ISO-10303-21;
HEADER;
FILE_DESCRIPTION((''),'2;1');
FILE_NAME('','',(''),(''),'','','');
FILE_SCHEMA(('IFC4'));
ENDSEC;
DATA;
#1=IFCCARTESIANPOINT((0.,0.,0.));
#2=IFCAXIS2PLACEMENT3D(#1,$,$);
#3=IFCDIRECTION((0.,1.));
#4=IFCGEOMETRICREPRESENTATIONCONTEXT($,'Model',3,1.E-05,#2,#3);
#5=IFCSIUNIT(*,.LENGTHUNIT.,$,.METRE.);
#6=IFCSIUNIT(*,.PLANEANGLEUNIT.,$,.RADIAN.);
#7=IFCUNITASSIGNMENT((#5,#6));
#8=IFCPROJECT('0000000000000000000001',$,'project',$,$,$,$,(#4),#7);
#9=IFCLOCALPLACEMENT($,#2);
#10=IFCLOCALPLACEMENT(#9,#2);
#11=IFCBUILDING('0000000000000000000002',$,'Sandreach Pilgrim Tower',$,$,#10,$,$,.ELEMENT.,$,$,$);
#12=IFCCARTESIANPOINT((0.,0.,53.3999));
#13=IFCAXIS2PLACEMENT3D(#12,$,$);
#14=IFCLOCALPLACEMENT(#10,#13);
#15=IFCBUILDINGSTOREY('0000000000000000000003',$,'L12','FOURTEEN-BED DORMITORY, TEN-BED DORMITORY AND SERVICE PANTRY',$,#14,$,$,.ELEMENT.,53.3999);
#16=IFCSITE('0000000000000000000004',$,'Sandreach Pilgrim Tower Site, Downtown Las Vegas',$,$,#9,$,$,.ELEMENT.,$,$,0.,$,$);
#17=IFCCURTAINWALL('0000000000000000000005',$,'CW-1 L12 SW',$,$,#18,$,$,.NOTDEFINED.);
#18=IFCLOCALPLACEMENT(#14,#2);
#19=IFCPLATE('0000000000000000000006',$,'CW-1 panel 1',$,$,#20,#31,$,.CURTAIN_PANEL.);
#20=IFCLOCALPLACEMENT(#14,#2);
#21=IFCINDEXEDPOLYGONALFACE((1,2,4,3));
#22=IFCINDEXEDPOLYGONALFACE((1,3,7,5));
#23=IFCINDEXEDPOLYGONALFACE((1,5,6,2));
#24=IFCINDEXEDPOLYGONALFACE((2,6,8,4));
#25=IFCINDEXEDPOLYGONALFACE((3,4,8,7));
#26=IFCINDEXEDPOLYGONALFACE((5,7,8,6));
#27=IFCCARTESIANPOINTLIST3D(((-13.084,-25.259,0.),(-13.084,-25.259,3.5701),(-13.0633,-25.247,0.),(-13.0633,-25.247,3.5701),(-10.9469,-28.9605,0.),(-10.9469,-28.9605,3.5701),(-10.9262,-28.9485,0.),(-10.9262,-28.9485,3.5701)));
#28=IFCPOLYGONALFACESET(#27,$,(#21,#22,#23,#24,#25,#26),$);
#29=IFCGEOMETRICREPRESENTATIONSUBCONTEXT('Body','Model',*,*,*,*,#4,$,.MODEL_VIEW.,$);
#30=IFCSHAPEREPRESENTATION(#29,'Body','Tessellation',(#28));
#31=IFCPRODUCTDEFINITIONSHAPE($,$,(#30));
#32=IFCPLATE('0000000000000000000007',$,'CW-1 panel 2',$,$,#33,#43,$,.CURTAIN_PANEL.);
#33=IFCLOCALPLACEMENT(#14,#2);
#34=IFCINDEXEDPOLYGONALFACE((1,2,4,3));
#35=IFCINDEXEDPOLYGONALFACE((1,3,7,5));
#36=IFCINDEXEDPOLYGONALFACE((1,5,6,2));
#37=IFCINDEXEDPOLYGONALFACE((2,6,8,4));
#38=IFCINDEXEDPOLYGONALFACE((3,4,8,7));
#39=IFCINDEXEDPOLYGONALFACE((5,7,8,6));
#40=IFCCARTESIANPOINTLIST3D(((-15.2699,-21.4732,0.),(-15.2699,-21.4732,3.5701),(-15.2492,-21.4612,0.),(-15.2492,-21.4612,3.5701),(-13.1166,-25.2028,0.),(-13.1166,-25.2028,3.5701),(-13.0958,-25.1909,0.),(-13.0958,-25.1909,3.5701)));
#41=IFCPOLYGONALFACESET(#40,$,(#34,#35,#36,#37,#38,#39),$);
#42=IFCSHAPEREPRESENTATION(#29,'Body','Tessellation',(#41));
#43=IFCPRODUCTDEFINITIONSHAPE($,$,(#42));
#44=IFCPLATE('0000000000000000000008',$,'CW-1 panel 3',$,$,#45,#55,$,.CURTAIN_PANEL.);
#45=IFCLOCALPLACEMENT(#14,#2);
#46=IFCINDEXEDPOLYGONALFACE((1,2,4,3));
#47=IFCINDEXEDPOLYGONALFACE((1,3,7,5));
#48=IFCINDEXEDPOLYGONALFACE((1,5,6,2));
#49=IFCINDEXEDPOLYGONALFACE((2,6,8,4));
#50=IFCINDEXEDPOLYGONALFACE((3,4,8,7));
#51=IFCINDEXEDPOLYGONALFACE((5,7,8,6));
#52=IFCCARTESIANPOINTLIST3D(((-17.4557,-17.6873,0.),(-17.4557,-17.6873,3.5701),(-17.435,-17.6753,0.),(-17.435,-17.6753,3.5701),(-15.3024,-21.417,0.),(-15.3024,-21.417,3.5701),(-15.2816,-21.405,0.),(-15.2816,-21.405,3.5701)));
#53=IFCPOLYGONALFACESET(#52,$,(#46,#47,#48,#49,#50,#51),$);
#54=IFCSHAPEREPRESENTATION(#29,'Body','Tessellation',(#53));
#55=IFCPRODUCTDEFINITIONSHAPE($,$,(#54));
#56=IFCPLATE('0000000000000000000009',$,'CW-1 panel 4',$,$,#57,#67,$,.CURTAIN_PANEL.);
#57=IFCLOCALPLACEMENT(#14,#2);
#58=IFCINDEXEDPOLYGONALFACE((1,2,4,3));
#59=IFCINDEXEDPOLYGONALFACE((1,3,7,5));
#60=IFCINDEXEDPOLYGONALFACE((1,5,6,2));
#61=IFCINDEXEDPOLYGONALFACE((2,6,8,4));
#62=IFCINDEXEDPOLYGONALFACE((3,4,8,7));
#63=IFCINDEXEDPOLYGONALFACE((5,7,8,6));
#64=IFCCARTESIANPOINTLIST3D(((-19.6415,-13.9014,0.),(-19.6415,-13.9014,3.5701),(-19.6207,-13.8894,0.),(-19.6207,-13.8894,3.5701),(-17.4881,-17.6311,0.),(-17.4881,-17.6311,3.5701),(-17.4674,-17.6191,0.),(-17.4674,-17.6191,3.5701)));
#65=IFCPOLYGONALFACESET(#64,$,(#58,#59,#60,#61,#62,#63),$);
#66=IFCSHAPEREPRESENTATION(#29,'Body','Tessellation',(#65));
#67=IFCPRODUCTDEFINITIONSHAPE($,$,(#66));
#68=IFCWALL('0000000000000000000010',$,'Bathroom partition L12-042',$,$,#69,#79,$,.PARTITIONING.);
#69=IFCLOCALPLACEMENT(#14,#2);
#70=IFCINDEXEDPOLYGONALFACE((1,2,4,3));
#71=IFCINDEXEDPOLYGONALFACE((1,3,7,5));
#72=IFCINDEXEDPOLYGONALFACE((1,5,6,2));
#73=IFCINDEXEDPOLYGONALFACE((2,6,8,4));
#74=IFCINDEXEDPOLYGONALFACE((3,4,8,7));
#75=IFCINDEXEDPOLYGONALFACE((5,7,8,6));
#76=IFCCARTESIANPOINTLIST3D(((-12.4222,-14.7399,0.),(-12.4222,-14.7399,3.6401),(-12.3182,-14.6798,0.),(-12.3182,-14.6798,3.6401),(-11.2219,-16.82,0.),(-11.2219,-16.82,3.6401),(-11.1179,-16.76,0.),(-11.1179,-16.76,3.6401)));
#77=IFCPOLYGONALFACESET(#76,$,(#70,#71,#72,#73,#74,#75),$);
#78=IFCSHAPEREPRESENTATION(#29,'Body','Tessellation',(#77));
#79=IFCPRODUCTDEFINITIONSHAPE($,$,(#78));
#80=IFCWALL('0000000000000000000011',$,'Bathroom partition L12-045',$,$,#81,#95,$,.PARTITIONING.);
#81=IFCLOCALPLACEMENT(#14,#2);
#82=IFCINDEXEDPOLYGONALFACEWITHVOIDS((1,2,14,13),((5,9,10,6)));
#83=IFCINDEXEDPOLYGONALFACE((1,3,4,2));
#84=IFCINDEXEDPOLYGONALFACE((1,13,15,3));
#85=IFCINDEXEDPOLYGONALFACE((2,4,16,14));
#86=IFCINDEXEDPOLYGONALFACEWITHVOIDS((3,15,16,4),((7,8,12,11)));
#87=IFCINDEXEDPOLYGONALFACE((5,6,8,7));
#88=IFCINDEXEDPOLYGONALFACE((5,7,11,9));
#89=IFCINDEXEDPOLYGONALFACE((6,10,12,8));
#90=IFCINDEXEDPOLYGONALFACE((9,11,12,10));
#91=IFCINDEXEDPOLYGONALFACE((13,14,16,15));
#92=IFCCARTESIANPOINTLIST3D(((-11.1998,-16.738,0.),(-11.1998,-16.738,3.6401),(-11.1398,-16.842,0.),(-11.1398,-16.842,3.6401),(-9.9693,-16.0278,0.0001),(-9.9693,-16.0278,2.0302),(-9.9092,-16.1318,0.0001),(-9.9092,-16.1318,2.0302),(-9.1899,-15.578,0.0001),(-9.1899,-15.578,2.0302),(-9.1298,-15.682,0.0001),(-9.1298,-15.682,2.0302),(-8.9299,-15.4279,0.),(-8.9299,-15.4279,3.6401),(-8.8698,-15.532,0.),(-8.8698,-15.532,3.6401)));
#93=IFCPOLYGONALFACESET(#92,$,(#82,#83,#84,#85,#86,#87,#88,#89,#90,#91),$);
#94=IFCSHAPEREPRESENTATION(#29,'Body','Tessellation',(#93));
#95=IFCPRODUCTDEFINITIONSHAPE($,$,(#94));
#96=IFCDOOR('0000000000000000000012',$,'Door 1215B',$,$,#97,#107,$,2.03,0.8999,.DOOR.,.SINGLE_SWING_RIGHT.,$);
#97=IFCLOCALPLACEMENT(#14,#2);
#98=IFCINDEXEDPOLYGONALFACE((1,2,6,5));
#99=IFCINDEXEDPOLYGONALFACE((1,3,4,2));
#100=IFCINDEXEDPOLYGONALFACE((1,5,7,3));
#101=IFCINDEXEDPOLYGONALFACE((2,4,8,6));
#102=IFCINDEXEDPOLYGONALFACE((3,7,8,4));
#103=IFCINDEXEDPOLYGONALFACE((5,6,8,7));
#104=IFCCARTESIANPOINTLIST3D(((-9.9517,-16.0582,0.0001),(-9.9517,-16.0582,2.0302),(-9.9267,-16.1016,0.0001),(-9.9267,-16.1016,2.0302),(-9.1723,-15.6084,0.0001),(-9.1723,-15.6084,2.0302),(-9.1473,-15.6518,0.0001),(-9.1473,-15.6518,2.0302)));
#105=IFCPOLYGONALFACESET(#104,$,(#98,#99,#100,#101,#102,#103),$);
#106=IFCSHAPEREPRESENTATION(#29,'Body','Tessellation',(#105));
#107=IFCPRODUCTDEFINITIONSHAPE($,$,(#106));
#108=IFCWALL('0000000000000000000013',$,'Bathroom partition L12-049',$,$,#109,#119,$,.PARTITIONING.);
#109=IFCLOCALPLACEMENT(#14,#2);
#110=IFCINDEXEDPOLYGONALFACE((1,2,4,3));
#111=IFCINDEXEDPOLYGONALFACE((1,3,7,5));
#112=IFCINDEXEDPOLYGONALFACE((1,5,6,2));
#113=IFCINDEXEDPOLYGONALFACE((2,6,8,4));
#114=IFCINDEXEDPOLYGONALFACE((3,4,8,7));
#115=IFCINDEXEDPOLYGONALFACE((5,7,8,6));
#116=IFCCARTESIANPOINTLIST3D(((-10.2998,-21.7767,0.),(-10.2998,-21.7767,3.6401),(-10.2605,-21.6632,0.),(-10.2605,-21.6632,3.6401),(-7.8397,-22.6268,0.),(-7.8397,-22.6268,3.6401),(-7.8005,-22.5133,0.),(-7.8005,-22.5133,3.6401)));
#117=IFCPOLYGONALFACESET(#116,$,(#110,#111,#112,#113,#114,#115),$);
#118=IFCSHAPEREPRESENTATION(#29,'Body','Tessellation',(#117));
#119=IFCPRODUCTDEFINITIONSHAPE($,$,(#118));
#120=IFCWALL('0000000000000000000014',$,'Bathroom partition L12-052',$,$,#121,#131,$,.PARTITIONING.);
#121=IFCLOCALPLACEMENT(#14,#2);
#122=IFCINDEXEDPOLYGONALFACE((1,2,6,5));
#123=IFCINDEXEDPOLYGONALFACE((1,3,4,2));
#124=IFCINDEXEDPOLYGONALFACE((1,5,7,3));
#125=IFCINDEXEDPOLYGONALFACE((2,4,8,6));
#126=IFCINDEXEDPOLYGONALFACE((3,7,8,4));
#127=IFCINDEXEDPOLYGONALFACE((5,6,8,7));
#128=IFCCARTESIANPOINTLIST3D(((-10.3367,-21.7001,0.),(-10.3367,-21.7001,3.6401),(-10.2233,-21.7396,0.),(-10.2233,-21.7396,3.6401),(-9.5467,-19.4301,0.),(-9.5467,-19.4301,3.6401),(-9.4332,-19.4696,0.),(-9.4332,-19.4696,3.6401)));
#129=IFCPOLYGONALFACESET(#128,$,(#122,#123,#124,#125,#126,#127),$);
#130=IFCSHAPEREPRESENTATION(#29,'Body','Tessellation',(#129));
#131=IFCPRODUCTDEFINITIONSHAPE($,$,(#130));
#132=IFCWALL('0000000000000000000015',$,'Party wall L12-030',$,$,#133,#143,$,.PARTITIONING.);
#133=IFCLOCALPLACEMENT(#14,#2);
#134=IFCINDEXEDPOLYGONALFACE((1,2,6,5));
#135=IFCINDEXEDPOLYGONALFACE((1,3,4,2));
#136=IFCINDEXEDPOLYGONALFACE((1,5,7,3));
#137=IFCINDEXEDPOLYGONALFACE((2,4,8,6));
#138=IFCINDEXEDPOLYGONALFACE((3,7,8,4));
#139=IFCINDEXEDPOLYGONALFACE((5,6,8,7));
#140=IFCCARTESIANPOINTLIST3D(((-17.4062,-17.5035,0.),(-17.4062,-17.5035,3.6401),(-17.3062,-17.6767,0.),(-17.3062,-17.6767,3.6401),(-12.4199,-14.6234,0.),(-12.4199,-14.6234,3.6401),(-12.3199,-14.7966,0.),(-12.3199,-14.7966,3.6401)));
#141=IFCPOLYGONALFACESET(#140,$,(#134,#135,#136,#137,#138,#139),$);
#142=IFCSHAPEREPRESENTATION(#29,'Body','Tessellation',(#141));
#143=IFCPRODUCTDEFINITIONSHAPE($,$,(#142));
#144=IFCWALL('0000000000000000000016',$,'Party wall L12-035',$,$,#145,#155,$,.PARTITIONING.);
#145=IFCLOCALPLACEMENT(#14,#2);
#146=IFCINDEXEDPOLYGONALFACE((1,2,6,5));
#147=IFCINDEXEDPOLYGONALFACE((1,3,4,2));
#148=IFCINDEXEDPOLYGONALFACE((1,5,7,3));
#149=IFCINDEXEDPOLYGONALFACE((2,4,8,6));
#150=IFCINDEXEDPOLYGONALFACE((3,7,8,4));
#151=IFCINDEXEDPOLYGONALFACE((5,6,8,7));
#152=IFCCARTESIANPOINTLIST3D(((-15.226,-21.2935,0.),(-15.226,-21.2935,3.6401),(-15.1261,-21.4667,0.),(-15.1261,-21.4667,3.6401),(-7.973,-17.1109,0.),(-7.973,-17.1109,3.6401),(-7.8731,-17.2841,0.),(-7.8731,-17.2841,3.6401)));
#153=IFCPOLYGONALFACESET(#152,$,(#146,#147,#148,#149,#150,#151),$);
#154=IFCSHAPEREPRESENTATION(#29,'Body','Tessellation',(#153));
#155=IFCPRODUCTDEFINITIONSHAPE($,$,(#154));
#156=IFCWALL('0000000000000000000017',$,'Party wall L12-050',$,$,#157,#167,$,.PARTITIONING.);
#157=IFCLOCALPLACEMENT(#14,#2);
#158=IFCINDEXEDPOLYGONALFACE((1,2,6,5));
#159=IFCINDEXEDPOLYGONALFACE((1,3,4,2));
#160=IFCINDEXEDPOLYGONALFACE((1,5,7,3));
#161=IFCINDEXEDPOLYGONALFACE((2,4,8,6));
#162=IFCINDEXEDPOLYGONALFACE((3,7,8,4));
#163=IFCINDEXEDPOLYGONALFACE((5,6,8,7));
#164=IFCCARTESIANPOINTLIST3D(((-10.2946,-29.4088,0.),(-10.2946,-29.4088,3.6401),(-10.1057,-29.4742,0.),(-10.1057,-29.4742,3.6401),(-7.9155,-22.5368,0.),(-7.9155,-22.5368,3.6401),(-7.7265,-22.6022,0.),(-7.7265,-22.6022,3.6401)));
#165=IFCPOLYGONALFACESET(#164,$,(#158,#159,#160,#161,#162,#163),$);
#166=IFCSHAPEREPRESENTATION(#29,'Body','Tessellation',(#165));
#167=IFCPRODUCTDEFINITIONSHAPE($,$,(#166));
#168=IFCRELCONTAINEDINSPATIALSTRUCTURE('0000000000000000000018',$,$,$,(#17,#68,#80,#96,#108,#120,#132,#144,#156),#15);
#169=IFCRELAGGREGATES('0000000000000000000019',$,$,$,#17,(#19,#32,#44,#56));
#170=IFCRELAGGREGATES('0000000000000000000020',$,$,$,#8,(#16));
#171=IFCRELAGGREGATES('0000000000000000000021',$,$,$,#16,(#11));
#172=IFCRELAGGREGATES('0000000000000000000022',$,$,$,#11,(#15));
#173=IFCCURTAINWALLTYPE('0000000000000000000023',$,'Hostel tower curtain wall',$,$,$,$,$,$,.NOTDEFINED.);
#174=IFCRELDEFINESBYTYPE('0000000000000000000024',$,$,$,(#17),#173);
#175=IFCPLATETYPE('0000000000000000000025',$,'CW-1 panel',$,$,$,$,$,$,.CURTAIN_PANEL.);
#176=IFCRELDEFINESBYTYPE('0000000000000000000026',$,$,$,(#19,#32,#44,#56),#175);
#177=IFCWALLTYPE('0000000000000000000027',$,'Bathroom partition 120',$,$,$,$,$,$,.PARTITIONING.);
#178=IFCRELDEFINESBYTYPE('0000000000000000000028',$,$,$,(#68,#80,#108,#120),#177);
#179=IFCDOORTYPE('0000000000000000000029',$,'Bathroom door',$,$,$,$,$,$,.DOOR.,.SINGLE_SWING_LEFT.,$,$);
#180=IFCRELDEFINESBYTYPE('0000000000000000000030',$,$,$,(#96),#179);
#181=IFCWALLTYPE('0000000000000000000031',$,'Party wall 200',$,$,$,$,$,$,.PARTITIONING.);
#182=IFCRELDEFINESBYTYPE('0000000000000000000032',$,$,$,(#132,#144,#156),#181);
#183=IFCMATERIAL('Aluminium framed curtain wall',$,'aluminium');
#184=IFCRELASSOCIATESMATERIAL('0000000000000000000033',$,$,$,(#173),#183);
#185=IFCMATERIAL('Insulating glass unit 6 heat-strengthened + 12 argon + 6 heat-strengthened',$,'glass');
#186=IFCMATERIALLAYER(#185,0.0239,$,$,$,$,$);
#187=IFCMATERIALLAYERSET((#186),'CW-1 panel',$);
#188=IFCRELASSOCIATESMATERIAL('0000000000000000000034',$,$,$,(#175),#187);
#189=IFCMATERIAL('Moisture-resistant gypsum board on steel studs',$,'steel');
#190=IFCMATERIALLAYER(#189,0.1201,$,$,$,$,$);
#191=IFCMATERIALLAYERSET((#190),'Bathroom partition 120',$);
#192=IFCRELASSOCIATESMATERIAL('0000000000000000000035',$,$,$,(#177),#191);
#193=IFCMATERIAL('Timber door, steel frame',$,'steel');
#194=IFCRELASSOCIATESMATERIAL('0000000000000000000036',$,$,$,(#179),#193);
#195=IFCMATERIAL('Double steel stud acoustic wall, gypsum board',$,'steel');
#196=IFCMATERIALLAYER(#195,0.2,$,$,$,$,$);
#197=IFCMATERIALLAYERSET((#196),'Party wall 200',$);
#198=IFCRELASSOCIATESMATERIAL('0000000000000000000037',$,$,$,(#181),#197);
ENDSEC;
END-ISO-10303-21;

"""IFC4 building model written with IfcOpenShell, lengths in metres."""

from ifc_helpers import new_model, si_unit, direction, frame, frame_2d, origin, origin_2d, place, context, subcontext, project, spatial, rectangle, extrude, material, layer, layer_set, type_object, element, fill, aggregate, save


model = new_model("IFC4")

# Units and contexts
model_context = context("Model", 3, precision=1e-05, world=origin(), true_north=direction((0.0, 1.0)))
body_context = subcontext(model_context, "Body", "Model", "MODEL_VIEW")
ifc_project = project(units=[si_unit("LENGTHUNIT", "METRE"), si_unit("PLANEANGLEUNIT", "RADIAN")], contexts=[model_context])

# Site, building, storey
site_placement = place(None, origin())
site = spatial("IfcSite", under=ifc_project, at=site_placement, Name="Sandreach Pilgrim Tower Site, Downtown Las Vegas", CompositionType="ELEMENT", RefElevation=0.0)
building_placement = place(site_placement, origin())
building = spatial("IfcBuilding", under=site, at=building_placement, Name="Sandreach Pilgrim Tower", CompositionType="ELEMENT")
storey_placement = place(building_placement, frame((0.0, 0.0, 53.3999)))
storey = spatial("IfcBuildingStorey", under=building, at=storey_placement, Name="L12", Description="FOURTEEN-BED DORMITORY, TEN-BED DORMITORY AND SERVICE PANTRY", CompositionType="ELEMENT", Elevation=53.3999)

# Curtain wall
ifc_material_1 = material(Name="Aluminium framed curtain wall", Category="aluminium")
curtain_wall_type = type_object("IfcCurtainWallType", Name="Hostel tower curtain wall", PredefinedType="NOTDEFINED", material=ifc_material_1)
curtain_wall_placement = place(storey_placement, origin())
curtain_wall = element("IfcCurtainWall", 1, at=curtain_wall_placement, inside=storey, type_object=curtain_wall_type, Name="CW-1 L12 SW", PredefinedType="NOTDEFINED")

# Plates
ifc_material_2 = material(Name="Insulating glass unit 6 heat-strengthened + 12 argon + 6 heat-strengthened", Category="glass")
ifc_layer_1 = layer(ifc_material_2, 0.0239)
ifc_layer_set_1 = layer_set([ifc_layer_1], Name="CW-1 panel")
plate_type = type_object("IfcPlateType", Name="CW-1 panel", PredefinedType="CURTAIN_PANEL", material=ifc_layer_set_1)
plate_1_placement = place(storey_placement, frame((-12.0051, -27.1038, 0.0), z_axis=(0.0, 0.0, 1.0), x_axis=(-0.5, 0.866025, 0.0)))
plate_1 = element("IfcPlate", 2, at=plate_1_placement, type_object=plate_type, Name="CW-1 panel 1", PredefinedType="CURTAIN_PANEL", context=body_context, shape_type="SweptSolid", body=[
    extrude(rectangle(XDim=4.2742, YDim=0.0239, at=origin_2d()), origin(), (0.0, 0.0, 1.0), 3.5701),
])
plate_2_placement = place(storey_placement, frame((-14.1829, -23.332, 0.0), z_axis=(0.0, 0.0, 1.0), x_axis=(-0.5, 0.866025, 0.0)))
plate_2 = element("IfcPlate", 3, at=plate_2_placement, type_object=plate_type, Name="CW-1 panel 2", PredefinedType="CURTAIN_PANEL", context=body_context, shape_type="SweptSolid", body=[
    extrude(rectangle(XDim=4.3066, YDim=0.0239, at=origin_2d()), origin(), (0.0, 0.0, 1.0), 3.5701),
])
plate_3_placement = place(storey_placement, frame((-16.3687, -19.5461, 0.0), z_axis=(0.0, 0.0, 1.0), x_axis=(-0.5, 0.866025, 0.0)))
plate_3 = element("IfcPlate", 4, at=plate_3_placement, type_object=plate_type, Name="CW-1 panel 3", PredefinedType="CURTAIN_PANEL", context=body_context, shape_type="SweptSolid", body=[
    extrude(rectangle(XDim=4.3066, YDim=0.0239, at=origin_2d()), origin(), (0.0, 0.0, 1.0), 3.5701),
])
plate_4_placement = place(storey_placement, frame((-18.5544, -15.7603, 0.0), z_axis=(0.0, 0.0, 1.0), x_axis=(-0.5, 0.866025, 0.0)))
plate_4 = element("IfcPlate", 5, at=plate_4_placement, type_object=plate_type, Name="CW-1 panel 4", PredefinedType="CURTAIN_PANEL", context=body_context, shape_type="SweptSolid", body=[
    extrude(rectangle(XDim=4.3066, YDim=0.0239, at=origin_2d()), origin(), (0.0, 0.0, 1.0), 3.5701),
])
aggregate(curtain_wall, [plate_1, plate_2, plate_3, plate_4])

# Wall
ifc_material_3 = material(Name="Moisture-resistant gypsum board on steel studs", Category="steel")
ifc_layer_2 = layer(ifc_material_3, 0.1201)
ifc_layer_set_2 = layer_set([ifc_layer_2], Name="Bathroom partition 120")
wall_type_1 = type_object("IfcWallType", Name="Bathroom partition 120", PredefinedType="PARTITIONING", material=ifc_layer_set_2)
wall_1_placement = place(storey_placement, frame((-12.3701, -14.71, 0.0), z_axis=(0.0, 0.0, 1.0), x_axis=(0.499769, -0.866159, 0.0)))
element("IfcWall", 6, at=wall_1_placement, inside=storey, type_object=wall_type_1, Name="Bathroom partition L12-042", PredefinedType="PARTITIONING", context=body_context, shape_type="SweptSolid", body=[
    extrude(rectangle(XDim=2.4016, YDim=0.1201, at=frame_2d((1.2007, 0.0))), origin(), (0.0, 0.0, 1.0), 3.6401),
])

# Wall, opening, door
wall_2_placement = place(storey_placement, frame((-11.1699, -16.79, 0.0), z_axis=(0.0, 0.0, 1.0), x_axis=(0.866114, 0.499846, 0.0)))
wall_2 = element("IfcWall", 7, at=wall_2_placement, inside=storey, type_object=wall_type_1, Name="Bathroom partition L12-045", PredefinedType="PARTITIONING", context=body_context, shape_type="SweptSolid", body=[
    extrude(rectangle(XDim=2.6208, YDim=0.1201, at=frame_2d((1.3105, 0.0))), origin(), (0.0, 0.0, 1.0), 3.6401),
])
opening_placement = place(wall_2_placement, frame((1.4209, 0.0, 0.0)))
opening = element("IfcOpeningElement", 8, at=opening_placement, cuts=wall_2, PredefinedType="OPENING", context=body_context, shape_type="SweptSolid", body=[
    extrude(rectangle(XDim=0.8999, YDim=2.03, at=frame_2d((0.45, 1.0151))), frame((0.0, 0.0601, 0.0), z_axis=(0.0, -1.0, 0.0), x_axis=(1.0, 0.0, 0.0)), (0.0, 0.0, 1.0), 0.1201),
])
ifc_material_4 = material(Name="Timber door, steel frame", Category="steel")
door_type = type_object("IfcDoorType", Name="Bathroom door", OperationType="SINGLE_SWING_LEFT", PredefinedType="DOOR", material=ifc_material_4)
door_placement = place(opening_placement, origin())
door = element("IfcDoor", 9, at=door_placement, inside=storey, type_object=door_type, Name="Door 1215B", OperationType="SINGLE_SWING_RIGHT", OverallHeight=2.03, OverallWidth=0.8999, PredefinedType="DOOR", context=body_context, shape_type="SweptSolid", body=[
    extrude(rectangle(XDim=0.8999, YDim=2.03, at=frame_2d((0.45, 1.0151))), frame((0.0, 0.0249, 0.0), z_axis=(0.0, -1.0, 0.0), x_axis=(1.0, 0.0, 0.0)), (0.0, 0.0, 1.0), 0.05),
])
fill(opening, door)

# Walls
wall_3_placement = place(storey_placement, frame((-10.28, -21.72, 0.0), z_axis=(0.0, 0.0, 1.0), x_axis=(0.945155, -0.326621, 0.0)))
element("IfcWall", 10, at=wall_3_placement, inside=storey, type_object=wall_type_1, Name="Bathroom partition L12-049", PredefinedType="PARTITIONING", context=body_context, shape_type="SweptSolid", body=[
    extrude(rectangle(XDim=2.6028, YDim=0.1201, at=frame_2d((1.3013, 0.0))), origin(), (0.0, 0.0, 1.0), 3.6401),
])
wall_4_placement = place(storey_placement, frame((-9.49, -19.45, 0.0), z_axis=(0.0, 0.0, 1.0), x_axis=(-0.328694, -0.944436, 0.0)))
element("IfcWall", 11, at=wall_4_placement, inside=storey, type_object=wall_type_1, Name="Bathroom partition L12-052", PredefinedType="PARTITIONING", context=body_context, shape_type="SweptSolid", body=[
    extrude(rectangle(XDim=2.4036, YDim=0.1201, at=frame_2d((1.2017, 0.0))), origin(), (0.0, 0.0, 1.0), 3.6401),
])
ifc_material_5 = material(Name="Double steel stud acoustic wall, gypsum board", Category="steel")
ifc_layer_3 = layer(ifc_material_5, 0.2)
ifc_layer_set_3 = layer_set([ifc_layer_3], Name="Party wall 200")
wall_type_2 = type_object("IfcWallType", Name="Party wall 200", PredefinedType="PARTITIONING", material=ifc_layer_set_3)
wall_5_placement = place(storey_placement, frame((-17.3562, -17.5901, 0.0), z_axis=(0.0, 0.0, 1.0), x_axis=(0.86593, 0.500165, 0.0)))
element("IfcWall", 12, at=wall_5_placement, inside=storey, type_object=wall_type_2, Name="Party wall L12-030", PredefinedType="PARTITIONING", context=body_context, shape_type="SweptSolid", body=[
    extrude(rectangle(XDim=5.7583, YDim=0.2, at=frame_2d((2.8792, 0.0))), origin(), (0.0, 0.0, 1.0), 3.6401),
])
wall_6_placement = place(storey_placement, frame((-15.176, -21.3801, 0.0), z_axis=(0.0, 0.0, 1.0), x_axis=(0.866277, 0.499564, 0.0)))
element("IfcWall", 13, at=wall_6_placement, inside=storey, type_object=wall_type_2, Name="Party wall L12-035", PredefinedType="PARTITIONING", context=body_context, shape_type="SweptSolid", body=[
    extrude(rectangle(XDim=8.3726, YDim=0.2, at=frame_2d((4.1863, 0.0))), origin(), (0.0, 0.0, 1.0), 3.6401),
])
wall_7_placement = place(storey_placement, frame((-10.2002, -29.4417, 0.0), z_axis=(0.0, 0.0, 1.0), x_axis=(0.327154, 0.944971, 0.0)))
element("IfcWall", 14, at=wall_7_placement, inside=storey, type_object=wall_type_2, Name="Party wall L12-050", PredefinedType="PARTITIONING", context=body_context, shape_type="SweptSolid", body=[
    extrude(rectangle(XDim=7.2722, YDim=0.2, at=frame_2d((3.6362, 0.0))), origin(), (0.0, 0.0, 1.0), 3.6401),
])

save(model, "model.ifc")
